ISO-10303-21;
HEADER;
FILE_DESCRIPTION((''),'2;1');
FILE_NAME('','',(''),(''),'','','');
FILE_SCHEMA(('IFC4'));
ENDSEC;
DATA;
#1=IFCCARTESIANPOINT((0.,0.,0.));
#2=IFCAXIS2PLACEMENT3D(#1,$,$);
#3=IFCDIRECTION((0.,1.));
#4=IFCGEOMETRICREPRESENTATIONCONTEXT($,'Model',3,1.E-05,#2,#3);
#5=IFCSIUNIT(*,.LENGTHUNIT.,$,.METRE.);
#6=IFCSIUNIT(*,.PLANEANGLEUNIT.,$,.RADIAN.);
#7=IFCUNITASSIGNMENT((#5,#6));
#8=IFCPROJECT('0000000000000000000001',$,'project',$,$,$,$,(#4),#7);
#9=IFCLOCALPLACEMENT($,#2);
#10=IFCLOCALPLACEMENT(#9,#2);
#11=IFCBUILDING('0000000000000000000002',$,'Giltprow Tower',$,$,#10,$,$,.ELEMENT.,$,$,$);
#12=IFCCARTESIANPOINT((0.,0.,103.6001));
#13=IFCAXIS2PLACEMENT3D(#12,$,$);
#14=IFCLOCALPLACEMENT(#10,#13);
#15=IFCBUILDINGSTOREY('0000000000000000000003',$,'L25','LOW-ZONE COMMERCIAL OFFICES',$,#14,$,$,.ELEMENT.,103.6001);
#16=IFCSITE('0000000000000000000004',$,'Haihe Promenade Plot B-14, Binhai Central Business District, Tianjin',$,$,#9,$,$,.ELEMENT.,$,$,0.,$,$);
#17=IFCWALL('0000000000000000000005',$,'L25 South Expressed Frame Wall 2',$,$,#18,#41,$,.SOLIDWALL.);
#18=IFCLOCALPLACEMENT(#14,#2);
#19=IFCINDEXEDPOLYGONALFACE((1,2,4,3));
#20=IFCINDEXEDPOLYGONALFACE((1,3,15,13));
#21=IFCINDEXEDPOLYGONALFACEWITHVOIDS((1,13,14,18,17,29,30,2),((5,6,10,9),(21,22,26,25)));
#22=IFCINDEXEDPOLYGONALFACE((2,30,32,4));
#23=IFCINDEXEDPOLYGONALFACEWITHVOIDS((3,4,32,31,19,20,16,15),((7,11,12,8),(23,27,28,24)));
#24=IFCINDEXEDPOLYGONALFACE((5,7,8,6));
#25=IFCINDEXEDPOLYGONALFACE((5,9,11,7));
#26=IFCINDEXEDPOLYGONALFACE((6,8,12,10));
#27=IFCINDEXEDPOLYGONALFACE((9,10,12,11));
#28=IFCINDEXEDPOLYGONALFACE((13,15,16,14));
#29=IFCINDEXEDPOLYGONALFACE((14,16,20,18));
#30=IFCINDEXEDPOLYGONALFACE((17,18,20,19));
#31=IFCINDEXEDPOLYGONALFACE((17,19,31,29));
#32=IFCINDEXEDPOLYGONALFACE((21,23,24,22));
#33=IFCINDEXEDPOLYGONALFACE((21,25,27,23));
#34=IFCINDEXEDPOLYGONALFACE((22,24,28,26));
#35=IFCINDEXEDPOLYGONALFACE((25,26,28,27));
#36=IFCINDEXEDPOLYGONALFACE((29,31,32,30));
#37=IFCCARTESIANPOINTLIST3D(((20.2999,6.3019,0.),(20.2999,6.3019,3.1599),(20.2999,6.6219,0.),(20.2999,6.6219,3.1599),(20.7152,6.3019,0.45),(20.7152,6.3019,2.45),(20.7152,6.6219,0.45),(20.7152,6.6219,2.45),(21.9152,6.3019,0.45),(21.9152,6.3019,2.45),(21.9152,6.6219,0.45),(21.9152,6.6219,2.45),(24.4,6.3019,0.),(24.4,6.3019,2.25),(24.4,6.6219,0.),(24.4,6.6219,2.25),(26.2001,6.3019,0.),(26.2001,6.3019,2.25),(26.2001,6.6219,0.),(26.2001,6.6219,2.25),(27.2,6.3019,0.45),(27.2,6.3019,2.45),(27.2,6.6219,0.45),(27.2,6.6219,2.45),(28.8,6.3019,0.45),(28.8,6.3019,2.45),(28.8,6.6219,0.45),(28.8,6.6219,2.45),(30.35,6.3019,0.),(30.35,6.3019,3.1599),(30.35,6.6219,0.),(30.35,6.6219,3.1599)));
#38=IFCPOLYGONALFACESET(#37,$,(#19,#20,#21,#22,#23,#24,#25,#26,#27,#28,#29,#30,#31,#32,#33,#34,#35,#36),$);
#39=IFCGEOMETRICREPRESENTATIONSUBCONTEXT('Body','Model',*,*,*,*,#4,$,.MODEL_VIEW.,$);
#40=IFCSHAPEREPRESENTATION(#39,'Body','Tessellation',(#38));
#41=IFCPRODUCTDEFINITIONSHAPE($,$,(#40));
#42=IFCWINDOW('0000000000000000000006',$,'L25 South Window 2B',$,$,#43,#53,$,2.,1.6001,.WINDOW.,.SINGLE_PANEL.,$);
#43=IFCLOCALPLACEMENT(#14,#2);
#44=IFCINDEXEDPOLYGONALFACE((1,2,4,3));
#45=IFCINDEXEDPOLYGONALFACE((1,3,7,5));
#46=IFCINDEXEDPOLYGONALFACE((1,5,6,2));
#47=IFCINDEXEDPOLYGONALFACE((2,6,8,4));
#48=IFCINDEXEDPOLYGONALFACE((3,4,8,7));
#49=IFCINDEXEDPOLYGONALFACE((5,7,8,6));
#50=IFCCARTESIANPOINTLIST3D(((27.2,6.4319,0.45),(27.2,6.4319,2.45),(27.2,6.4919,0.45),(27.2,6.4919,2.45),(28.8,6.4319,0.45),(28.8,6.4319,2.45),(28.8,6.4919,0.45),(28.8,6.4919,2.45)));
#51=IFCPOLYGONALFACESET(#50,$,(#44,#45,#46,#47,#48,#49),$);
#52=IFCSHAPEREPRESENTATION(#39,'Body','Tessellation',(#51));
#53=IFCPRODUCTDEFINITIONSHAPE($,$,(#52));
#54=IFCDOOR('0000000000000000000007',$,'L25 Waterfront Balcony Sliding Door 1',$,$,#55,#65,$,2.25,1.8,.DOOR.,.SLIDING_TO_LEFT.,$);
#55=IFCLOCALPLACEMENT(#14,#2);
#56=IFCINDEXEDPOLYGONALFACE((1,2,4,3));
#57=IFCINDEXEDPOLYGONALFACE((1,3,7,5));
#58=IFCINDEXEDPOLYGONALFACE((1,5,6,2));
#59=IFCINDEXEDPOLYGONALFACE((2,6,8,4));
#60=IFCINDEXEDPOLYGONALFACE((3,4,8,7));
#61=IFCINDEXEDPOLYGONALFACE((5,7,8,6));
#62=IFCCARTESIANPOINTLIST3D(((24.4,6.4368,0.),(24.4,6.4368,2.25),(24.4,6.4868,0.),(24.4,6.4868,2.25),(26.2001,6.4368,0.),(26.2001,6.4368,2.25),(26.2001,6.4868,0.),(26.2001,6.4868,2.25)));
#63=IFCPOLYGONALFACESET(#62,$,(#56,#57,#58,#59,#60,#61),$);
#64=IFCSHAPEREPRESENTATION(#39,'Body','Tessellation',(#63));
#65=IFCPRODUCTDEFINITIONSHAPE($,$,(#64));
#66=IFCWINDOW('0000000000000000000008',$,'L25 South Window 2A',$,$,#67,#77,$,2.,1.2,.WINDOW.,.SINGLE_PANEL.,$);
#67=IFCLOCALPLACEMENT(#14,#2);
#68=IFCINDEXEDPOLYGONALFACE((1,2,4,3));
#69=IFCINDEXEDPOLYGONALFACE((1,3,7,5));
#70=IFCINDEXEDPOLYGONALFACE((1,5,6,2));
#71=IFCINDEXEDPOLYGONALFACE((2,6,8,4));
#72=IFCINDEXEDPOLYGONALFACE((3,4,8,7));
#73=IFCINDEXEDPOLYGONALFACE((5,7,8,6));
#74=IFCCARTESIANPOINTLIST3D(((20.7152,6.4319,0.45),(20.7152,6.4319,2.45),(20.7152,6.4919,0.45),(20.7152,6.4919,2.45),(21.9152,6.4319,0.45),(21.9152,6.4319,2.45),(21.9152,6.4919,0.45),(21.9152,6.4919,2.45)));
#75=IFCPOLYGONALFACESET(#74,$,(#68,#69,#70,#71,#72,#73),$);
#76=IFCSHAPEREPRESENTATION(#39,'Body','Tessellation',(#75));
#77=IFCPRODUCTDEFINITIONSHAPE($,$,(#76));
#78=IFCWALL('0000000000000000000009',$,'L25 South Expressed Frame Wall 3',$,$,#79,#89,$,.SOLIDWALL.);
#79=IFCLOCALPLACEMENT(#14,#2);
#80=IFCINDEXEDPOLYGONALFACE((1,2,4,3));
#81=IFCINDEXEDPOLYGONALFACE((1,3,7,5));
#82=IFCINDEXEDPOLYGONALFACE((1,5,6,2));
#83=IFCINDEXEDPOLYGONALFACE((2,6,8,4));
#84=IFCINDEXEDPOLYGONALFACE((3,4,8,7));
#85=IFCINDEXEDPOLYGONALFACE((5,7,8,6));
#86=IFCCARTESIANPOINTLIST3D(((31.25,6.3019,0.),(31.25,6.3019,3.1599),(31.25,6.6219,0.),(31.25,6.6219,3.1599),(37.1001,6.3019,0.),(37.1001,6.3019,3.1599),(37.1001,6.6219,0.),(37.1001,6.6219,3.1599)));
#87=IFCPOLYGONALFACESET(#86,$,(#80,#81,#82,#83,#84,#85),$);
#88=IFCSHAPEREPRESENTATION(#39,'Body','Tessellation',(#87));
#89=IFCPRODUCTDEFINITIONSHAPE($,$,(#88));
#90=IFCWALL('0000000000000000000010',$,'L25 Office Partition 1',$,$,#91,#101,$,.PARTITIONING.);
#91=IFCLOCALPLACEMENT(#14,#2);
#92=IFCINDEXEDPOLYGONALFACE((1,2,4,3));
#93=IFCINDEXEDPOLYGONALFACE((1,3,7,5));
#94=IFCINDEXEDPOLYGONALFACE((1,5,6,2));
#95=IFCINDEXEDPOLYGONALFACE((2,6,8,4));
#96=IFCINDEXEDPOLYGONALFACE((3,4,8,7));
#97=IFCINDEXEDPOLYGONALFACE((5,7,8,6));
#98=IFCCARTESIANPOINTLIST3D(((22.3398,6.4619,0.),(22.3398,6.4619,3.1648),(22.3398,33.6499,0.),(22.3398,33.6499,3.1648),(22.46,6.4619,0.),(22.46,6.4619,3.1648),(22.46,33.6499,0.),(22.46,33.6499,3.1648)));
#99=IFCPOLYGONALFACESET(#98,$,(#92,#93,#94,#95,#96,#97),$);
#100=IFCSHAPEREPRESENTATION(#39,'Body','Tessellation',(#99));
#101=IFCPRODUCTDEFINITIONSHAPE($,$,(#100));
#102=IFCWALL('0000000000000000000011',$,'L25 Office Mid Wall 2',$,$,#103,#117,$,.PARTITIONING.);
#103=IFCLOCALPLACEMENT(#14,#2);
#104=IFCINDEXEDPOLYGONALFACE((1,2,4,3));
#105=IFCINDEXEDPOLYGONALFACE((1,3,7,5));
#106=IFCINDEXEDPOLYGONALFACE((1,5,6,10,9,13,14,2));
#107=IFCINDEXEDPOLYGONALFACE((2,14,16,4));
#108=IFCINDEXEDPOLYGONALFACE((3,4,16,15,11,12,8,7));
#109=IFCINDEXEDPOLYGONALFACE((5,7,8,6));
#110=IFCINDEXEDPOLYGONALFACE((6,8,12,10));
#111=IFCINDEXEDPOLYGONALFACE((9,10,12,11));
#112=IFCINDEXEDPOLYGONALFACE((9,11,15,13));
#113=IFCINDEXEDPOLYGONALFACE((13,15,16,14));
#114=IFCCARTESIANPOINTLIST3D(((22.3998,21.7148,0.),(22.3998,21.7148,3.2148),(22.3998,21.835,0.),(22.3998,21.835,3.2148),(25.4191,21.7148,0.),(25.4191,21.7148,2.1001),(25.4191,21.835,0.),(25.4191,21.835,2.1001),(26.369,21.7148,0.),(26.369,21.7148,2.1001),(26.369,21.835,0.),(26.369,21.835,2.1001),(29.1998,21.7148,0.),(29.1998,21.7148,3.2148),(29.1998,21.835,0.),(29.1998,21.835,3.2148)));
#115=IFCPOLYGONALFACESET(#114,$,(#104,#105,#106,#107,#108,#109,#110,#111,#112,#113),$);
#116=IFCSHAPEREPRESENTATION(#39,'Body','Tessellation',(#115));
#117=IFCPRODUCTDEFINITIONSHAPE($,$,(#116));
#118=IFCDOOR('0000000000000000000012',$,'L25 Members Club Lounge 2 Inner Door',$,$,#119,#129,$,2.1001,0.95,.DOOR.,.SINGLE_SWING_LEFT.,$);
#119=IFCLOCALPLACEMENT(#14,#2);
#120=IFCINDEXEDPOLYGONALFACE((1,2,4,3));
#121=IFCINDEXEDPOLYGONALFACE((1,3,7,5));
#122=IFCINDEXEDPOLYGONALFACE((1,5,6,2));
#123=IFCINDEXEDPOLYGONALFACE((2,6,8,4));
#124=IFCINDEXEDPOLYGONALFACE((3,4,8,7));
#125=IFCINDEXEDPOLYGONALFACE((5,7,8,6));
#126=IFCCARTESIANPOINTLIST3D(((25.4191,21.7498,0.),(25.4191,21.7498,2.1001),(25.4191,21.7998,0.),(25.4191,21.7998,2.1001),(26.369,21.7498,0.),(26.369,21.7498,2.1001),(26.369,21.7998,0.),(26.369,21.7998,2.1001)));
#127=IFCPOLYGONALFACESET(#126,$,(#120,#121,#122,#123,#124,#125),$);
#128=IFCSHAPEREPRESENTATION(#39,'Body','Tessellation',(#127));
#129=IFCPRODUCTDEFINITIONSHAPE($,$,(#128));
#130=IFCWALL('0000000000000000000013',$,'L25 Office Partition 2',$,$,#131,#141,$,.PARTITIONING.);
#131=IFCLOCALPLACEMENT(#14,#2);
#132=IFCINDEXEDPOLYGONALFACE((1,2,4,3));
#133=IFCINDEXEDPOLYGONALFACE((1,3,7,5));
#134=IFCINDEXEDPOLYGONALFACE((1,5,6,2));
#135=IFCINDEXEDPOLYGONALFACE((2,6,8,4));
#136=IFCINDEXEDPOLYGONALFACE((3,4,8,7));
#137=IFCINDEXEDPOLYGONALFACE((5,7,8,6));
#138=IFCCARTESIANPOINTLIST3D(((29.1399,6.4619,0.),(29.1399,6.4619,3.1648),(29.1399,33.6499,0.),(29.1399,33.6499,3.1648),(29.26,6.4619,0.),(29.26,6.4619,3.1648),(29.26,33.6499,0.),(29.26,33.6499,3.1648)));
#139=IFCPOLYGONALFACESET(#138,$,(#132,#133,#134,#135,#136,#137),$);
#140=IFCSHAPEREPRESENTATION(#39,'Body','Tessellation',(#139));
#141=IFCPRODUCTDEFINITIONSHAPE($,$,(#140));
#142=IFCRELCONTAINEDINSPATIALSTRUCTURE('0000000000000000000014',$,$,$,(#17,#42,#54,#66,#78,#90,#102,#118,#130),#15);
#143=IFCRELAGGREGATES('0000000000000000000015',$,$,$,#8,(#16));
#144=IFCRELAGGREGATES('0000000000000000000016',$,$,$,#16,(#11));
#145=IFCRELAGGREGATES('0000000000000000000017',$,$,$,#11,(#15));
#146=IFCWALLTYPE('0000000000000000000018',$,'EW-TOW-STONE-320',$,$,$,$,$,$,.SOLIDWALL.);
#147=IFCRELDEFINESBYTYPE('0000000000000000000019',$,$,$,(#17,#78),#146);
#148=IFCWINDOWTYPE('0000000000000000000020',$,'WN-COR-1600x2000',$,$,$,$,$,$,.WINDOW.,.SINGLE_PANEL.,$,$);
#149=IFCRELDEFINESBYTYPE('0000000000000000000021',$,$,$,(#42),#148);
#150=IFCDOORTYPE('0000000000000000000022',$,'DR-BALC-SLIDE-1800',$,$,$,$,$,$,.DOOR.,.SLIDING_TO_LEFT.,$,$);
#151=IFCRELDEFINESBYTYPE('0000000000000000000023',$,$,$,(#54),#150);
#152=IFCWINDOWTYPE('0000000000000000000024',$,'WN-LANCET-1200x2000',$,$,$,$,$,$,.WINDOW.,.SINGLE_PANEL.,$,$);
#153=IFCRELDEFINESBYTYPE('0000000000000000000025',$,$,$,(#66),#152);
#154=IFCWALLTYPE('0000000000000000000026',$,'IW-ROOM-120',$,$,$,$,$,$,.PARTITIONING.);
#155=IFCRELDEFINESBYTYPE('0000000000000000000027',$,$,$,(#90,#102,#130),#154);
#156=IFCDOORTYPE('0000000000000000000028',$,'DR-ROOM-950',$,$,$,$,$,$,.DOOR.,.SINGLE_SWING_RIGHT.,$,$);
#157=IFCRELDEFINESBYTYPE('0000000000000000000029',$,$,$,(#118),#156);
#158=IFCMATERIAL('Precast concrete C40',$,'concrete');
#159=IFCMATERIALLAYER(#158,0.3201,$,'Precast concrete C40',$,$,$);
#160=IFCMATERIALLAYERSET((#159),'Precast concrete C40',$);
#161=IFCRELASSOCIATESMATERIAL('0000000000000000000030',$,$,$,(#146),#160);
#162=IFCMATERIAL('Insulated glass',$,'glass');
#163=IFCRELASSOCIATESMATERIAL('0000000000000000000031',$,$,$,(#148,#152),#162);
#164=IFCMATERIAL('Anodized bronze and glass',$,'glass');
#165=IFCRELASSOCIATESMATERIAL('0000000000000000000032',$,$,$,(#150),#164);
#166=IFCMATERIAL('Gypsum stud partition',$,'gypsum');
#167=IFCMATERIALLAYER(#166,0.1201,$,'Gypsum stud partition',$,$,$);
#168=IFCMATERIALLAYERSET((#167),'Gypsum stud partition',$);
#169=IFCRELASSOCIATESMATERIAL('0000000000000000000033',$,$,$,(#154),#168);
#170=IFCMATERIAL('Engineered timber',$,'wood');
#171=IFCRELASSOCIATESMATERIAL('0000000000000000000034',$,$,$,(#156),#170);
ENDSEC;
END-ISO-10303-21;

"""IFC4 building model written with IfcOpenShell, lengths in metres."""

from ifc_helpers import new_model, si_unit, direction, frame, frame_2d, origin, place, context, subcontext, project, spatial, rectangle, extrude, source, transform, mapped, material, layer, layer_set, type_object, element, fill, save


model = new_model("IFC4")

# Units and contexts
model_context = context("Model", 3, precision=1e-05, world=origin(), true_north=direction((0.0, 1.0)))
body_context = subcontext(model_context, "Body", "Model", "MODEL_VIEW")
ifc_project = project(units=[si_unit("LENGTHUNIT", "METRE"), si_unit("PLANEANGLEUNIT", "RADIAN")], contexts=[model_context])

# Site, building, storey
site_placement = place(None, origin())
site = spatial("IfcSite", under=ifc_project, at=site_placement, Name="Haihe Promenade Plot B-14, Binhai Central Business District, Tianjin", CompositionType="ELEMENT", RefElevation=0.0)
building_placement = place(site_placement, origin())
building = spatial("IfcBuilding", under=site, at=building_placement, Name="Giltprow Tower", CompositionType="ELEMENT")
storey_placement = place(building_placement, frame((0.0, 0.0, 103.6001)))
storey = spatial("IfcBuildingStorey", under=building, at=storey_placement, Name="L25", Description="LOW-ZONE COMMERCIAL OFFICES", CompositionType="ELEMENT", Elevation=103.6001)

# Wall, openings, windows, door
ifc_material_1 = material(Name="Precast concrete C40", Category="concrete")
ifc_layer_1 = layer(ifc_material_1, 0.3201, Name="Precast concrete C40")
ifc_layer_set_1 = layer_set([ifc_layer_1], Name="Precast concrete C40")
wall_type_1 = type_object("IfcWallType", Name="EW-TOW-STONE-320", PredefinedType="SOLIDWALL", material=ifc_layer_set_1)
wall_1_placement = place(storey_placement, frame((20.3, 6.4619, 0.0), z_axis=(0.0, 0.0, 1.0), x_axis=(1.0, 0.0, 0.0)))
wall_1 = element("IfcWall", 1, at=wall_1_placement, inside=storey, type_object=wall_type_1, Name="L25 South Expressed Frame Wall 2", PredefinedType="SOLIDWALL", context=body_context, shape_type="SweptSolid", body=[
    extrude(rectangle(XDim=10.05, YDim=0.3201, at=frame_2d((5.0249, 0.0))), origin(), (0.0, 0.0, 1.0), 3.1599),
])
opening_1_placement = place(wall_1_placement, frame((4.1001, 0.0, 0.0)))
opening_1 = element("IfcOpeningElement", 2, at=opening_1_placement, cuts=wall_1, PredefinedType="OPENING", context=body_context, shape_type="SweptSolid", body=[
    extrude(rectangle(XDim=1.8, YDim=2.25, at=frame_2d((0.8999, 1.125))), frame((0.0, 0.1699, 0.0), z_axis=(0.0, -1.0, 0.0), x_axis=(1.0, 0.0, 0.0)), (0.0, 0.0, 1.0), 0.3401),
])
opening_2_placement = place(wall_1_placement, frame((0.415, 0.0, 0.45)))
opening_2 = element("IfcOpeningElement", 3, at=opening_2_placement, cuts=wall_1, PredefinedType="OPENING", context=body_context, shape_type="SweptSolid", body=[
    extrude(rectangle(XDim=1.2, YDim=2.0, at=frame_2d((0.6001, 1.0))), frame((0.0, 0.1699, 0.0), z_axis=(0.0, -1.0, 0.0), x_axis=(1.0, 0.0, 0.0)), (0.0, 0.0, 1.0), 0.3401),
])
opening_3_placement = place(wall_1_placement, frame((6.8999, 0.0, 0.45)))
opening_3 = element("IfcOpeningElement", 4, at=opening_3_placement, cuts=wall_1, PredefinedType="OPENING", context=body_context, shape_type="SweptSolid", body=[
    extrude(rectangle(XDim=1.6001, YDim=2.0, at=frame_2d((0.8, 1.0))), frame((0.0, 0.1699, 0.0), z_axis=(0.0, -1.0, 0.0), x_axis=(1.0, 0.0, 0.0)), (0.0, 0.0, 1.0), 0.3401),
])
ifc_material_2 = material(Name="Insulated glass", Category="glass")
window_type_1 = type_object("IfcWindowType", Name="WN-COR-1600x2000", PartitioningType="SINGLE_PANEL", PredefinedType="WINDOW", material=ifc_material_2)
shared_shape_1 = source(origin(), body_context, "Body", "SweptSolid", [
    extrude(rectangle(XDim=1.6001, YDim=2.0, at=frame_2d((0.8, 1.0))), frame((0.0, 0.03, 0.0), z_axis=(0.0, -1.0, 0.0), x_axis=(1.0, 0.0, 0.0)), (0.0, 0.0, 1.0), 0.0601),
])
window_1_placement = place(opening_3_placement, origin())
window_1 = element("IfcWindow", 5, at=window_1_placement, inside=storey, type_object=window_type_1, Name="L25 South Window 2B", OverallHeight=2.0, OverallWidth=1.6001, PartitioningType="SINGLE_PANEL", PredefinedType="WINDOW", context=body_context, shape_type="MappedRepresentation", body=[
    mapped(shared_shape_1, transform((0.0, 0.0, 0.0), x_axis=(1.0, 0.0, 0.0), y_axis=(0.0, 1.0, 0.0), z_axis=(0.0, 0.0, 1.0), scale=1.0)),
])
fill(opening_3, window_1)
ifc_material_3 = material(Name="Anodized bronze and glass", Category="glass")
door_type_1 = type_object("IfcDoorType", Name="DR-BALC-SLIDE-1800", OperationType="SLIDING_TO_LEFT", PredefinedType="DOOR", material=ifc_material_3)
shared_shape_2 = source(origin(), body_context, "Body", "SweptSolid", [
    extrude(rectangle(XDim=1.8, YDim=2.25, at=frame_2d((0.8999, 1.125))), frame((0.0, 0.0249, 0.0), z_axis=(0.0, -1.0, 0.0), x_axis=(1.0, 0.0, 0.0)), (0.0, 0.0, 1.0), 0.05),
])
door_1_placement = place(opening_1_placement, origin())
door_1 = element("IfcDoor", 6, at=door_1_placement, inside=storey, type_object=door_type_1, Name="L25 Waterfront Balcony Sliding Door 1", OperationType="SLIDING_TO_LEFT", OverallHeight=2.25, OverallWidth=1.8, PredefinedType="DOOR", context=body_context, shape_type="MappedRepresentation", body=[
    mapped(shared_shape_2, transform((0.0, 0.0, 0.0), x_axis=(1.0, 0.0, 0.0), y_axis=(0.0, 1.0, 0.0), z_axis=(0.0, 0.0, 1.0), scale=1.0)),
])
fill(opening_1, door_1)
window_type_2 = type_object("IfcWindowType", Name="WN-LANCET-1200x2000", PartitioningType="SINGLE_PANEL", PredefinedType="WINDOW", material=ifc_material_2)
shared_shape_3 = source(origin(), body_context, "Body", "SweptSolid", [
    extrude(rectangle(XDim=1.2, YDim=2.0, at=frame_2d((0.6001, 1.0))), frame((0.0, 0.03, 0.0), z_axis=(0.0, -1.0, 0.0), x_axis=(1.0, 0.0, 0.0)), (0.0, 0.0, 1.0), 0.0601),
])
window_2_placement = place(opening_2_placement, origin())
window_2 = element("IfcWindow", 7, at=window_2_placement, inside=storey, type_object=window_type_2, Name="L25 South Window 2A", OverallHeight=2.0, OverallWidth=1.2, PartitioningType="SINGLE_PANEL", PredefinedType="WINDOW", context=body_context, shape_type="MappedRepresentation", body=[
    mapped(shared_shape_3, transform((0.0, 0.0, 0.0), x_axis=(1.0, 0.0, 0.0), y_axis=(0.0, 1.0, 0.0), z_axis=(0.0, 0.0, 1.0), scale=1.0)),
])
fill(opening_2, window_2)

# Walls
wall_2_placement = place(storey_placement, frame((31.25, 6.4619, 0.0), z_axis=(0.0, 0.0, 1.0), x_axis=(1.0, 0.0, 0.0)))
element("IfcWall", 8, at=wall_2_placement, inside=storey, type_object=wall_type_1, Name="L25 South Expressed Frame Wall 3", PredefinedType="SOLIDWALL", context=body_context, shape_type="SweptSolid", body=[
    extrude(rectangle(XDim=5.8501, YDim=0.3201, at=frame_2d((2.925, 0.0))), origin(), (0.0, 0.0, 1.0), 3.1599),
])
ifc_material_4 = material(Name="Gypsum stud partition", Category="gypsum")
ifc_layer_2 = layer(ifc_material_4, 0.1201, Name="Gypsum stud partition")
ifc_layer_set_2 = layer_set([ifc_layer_2], Name="Gypsum stud partition")
wall_type_2 = type_object("IfcWallType", Name="IW-ROOM-120", PredefinedType="PARTITIONING", material=ifc_layer_set_2)
wall_3_placement = place(storey_placement, frame((22.3999, 6.4619, 0.0), z_axis=(0.0, 0.0, 1.0), x_axis=(0.0, 1.0, 0.0)))
element("IfcWall", 9, at=wall_3_placement, inside=storey, type_object=wall_type_2, Name="L25 Office Partition 1", PredefinedType="PARTITIONING", context=body_context, shape_type="SweptSolid", body=[
    extrude(rectangle(XDim=27.188, YDim=0.1201, at=frame_2d((13.594, 0.0))), origin(), (0.0, 0.0, 1.0), 3.1648),
])

# Wall, opening, door
wall_4_placement = place(storey_placement, frame((22.3999, 21.7749, 0.0), z_axis=(0.0, 0.0, 1.0), x_axis=(1.0, 0.0, 0.0)))
wall_4 = element("IfcWall", 10, at=wall_4_placement, inside=storey, type_object=wall_type_2, Name="L25 Office Mid Wall 2", PredefinedType="PARTITIONING", context=body_context, shape_type="SweptSolid", body=[
    extrude(rectangle(XDim=6.8, YDim=0.1201, at=frame_2d((3.3999, 0.0))), origin(), (0.0, 0.0, 1.0), 3.2148),
])
opening_4_placement = place(wall_4_placement, frame((3.019, 0.0, 0.0)))
opening_4 = element("IfcOpeningElement", 11, at=opening_4_placement, cuts=wall_4, PredefinedType="OPENING", context=body_context, shape_type="SweptSolid", body=[
    extrude(rectangle(XDim=0.95, YDim=2.1001, at=frame_2d((0.4751, 1.05))), frame((0.0, 0.0701, 0.0), z_axis=(0.0, -1.0, 0.0), x_axis=(1.0, 0.0, 0.0)), (0.0, 0.0, 1.0), 0.1401),
])
ifc_material_5 = material(Name="Engineered timber", Category="wood")
door_type_2 = type_object("IfcDoorType", Name="DR-ROOM-950", OperationType="SINGLE_SWING_RIGHT", PredefinedType="DOOR", material=ifc_material_5)
shared_shape_4 = source(origin(), body_context, "Body", "SweptSolid", [
    extrude(rectangle(XDim=0.95, YDim=2.1001, at=frame_2d((0.4751, 1.05))), frame((0.0, 0.0249, 0.0), z_axis=(0.0, -1.0, 0.0), x_axis=(1.0, 0.0, 0.0)), (0.0, 0.0, 1.0), 0.05),
])
door_2_placement = place(opening_4_placement, origin())
door_2 = element("IfcDoor", 12, at=door_2_placement, inside=storey, type_object=door_type_2, Name="L25 Members Club Lounge 2 Inner Door", OperationType="SINGLE_SWING_LEFT", OverallHeight=2.1001, OverallWidth=0.95, PredefinedType="DOOR", context=body_context, shape_type="MappedRepresentation", body=[
    mapped(shared_shape_4, transform((0.0, 0.0, 0.0), x_axis=(1.0, 0.0, 0.0), y_axis=(0.0, 1.0, 0.0), z_axis=(0.0, 0.0, 1.0), scale=1.0)),
])
fill(opening_4, door_2)

# Wall
wall_5_placement = place(storey_placement, frame((29.2, 6.4619, 0.0), z_axis=(0.0, 0.0, 1.0), x_axis=(0.0, 1.0, 0.0)))
element("IfcWall", 13, at=wall_5_placement, inside=storey, type_object=wall_type_2, Name="L25 Office Partition 2", PredefinedType="PARTITIONING", context=body_context, shape_type="SweptSolid", body=[
    extrude(rectangle(XDim=27.188, YDim=0.1201, at=frame_2d((13.594, 0.0))), origin(), (0.0, 0.0, 1.0), 3.1648),
])

save(model, "model.ifc")
